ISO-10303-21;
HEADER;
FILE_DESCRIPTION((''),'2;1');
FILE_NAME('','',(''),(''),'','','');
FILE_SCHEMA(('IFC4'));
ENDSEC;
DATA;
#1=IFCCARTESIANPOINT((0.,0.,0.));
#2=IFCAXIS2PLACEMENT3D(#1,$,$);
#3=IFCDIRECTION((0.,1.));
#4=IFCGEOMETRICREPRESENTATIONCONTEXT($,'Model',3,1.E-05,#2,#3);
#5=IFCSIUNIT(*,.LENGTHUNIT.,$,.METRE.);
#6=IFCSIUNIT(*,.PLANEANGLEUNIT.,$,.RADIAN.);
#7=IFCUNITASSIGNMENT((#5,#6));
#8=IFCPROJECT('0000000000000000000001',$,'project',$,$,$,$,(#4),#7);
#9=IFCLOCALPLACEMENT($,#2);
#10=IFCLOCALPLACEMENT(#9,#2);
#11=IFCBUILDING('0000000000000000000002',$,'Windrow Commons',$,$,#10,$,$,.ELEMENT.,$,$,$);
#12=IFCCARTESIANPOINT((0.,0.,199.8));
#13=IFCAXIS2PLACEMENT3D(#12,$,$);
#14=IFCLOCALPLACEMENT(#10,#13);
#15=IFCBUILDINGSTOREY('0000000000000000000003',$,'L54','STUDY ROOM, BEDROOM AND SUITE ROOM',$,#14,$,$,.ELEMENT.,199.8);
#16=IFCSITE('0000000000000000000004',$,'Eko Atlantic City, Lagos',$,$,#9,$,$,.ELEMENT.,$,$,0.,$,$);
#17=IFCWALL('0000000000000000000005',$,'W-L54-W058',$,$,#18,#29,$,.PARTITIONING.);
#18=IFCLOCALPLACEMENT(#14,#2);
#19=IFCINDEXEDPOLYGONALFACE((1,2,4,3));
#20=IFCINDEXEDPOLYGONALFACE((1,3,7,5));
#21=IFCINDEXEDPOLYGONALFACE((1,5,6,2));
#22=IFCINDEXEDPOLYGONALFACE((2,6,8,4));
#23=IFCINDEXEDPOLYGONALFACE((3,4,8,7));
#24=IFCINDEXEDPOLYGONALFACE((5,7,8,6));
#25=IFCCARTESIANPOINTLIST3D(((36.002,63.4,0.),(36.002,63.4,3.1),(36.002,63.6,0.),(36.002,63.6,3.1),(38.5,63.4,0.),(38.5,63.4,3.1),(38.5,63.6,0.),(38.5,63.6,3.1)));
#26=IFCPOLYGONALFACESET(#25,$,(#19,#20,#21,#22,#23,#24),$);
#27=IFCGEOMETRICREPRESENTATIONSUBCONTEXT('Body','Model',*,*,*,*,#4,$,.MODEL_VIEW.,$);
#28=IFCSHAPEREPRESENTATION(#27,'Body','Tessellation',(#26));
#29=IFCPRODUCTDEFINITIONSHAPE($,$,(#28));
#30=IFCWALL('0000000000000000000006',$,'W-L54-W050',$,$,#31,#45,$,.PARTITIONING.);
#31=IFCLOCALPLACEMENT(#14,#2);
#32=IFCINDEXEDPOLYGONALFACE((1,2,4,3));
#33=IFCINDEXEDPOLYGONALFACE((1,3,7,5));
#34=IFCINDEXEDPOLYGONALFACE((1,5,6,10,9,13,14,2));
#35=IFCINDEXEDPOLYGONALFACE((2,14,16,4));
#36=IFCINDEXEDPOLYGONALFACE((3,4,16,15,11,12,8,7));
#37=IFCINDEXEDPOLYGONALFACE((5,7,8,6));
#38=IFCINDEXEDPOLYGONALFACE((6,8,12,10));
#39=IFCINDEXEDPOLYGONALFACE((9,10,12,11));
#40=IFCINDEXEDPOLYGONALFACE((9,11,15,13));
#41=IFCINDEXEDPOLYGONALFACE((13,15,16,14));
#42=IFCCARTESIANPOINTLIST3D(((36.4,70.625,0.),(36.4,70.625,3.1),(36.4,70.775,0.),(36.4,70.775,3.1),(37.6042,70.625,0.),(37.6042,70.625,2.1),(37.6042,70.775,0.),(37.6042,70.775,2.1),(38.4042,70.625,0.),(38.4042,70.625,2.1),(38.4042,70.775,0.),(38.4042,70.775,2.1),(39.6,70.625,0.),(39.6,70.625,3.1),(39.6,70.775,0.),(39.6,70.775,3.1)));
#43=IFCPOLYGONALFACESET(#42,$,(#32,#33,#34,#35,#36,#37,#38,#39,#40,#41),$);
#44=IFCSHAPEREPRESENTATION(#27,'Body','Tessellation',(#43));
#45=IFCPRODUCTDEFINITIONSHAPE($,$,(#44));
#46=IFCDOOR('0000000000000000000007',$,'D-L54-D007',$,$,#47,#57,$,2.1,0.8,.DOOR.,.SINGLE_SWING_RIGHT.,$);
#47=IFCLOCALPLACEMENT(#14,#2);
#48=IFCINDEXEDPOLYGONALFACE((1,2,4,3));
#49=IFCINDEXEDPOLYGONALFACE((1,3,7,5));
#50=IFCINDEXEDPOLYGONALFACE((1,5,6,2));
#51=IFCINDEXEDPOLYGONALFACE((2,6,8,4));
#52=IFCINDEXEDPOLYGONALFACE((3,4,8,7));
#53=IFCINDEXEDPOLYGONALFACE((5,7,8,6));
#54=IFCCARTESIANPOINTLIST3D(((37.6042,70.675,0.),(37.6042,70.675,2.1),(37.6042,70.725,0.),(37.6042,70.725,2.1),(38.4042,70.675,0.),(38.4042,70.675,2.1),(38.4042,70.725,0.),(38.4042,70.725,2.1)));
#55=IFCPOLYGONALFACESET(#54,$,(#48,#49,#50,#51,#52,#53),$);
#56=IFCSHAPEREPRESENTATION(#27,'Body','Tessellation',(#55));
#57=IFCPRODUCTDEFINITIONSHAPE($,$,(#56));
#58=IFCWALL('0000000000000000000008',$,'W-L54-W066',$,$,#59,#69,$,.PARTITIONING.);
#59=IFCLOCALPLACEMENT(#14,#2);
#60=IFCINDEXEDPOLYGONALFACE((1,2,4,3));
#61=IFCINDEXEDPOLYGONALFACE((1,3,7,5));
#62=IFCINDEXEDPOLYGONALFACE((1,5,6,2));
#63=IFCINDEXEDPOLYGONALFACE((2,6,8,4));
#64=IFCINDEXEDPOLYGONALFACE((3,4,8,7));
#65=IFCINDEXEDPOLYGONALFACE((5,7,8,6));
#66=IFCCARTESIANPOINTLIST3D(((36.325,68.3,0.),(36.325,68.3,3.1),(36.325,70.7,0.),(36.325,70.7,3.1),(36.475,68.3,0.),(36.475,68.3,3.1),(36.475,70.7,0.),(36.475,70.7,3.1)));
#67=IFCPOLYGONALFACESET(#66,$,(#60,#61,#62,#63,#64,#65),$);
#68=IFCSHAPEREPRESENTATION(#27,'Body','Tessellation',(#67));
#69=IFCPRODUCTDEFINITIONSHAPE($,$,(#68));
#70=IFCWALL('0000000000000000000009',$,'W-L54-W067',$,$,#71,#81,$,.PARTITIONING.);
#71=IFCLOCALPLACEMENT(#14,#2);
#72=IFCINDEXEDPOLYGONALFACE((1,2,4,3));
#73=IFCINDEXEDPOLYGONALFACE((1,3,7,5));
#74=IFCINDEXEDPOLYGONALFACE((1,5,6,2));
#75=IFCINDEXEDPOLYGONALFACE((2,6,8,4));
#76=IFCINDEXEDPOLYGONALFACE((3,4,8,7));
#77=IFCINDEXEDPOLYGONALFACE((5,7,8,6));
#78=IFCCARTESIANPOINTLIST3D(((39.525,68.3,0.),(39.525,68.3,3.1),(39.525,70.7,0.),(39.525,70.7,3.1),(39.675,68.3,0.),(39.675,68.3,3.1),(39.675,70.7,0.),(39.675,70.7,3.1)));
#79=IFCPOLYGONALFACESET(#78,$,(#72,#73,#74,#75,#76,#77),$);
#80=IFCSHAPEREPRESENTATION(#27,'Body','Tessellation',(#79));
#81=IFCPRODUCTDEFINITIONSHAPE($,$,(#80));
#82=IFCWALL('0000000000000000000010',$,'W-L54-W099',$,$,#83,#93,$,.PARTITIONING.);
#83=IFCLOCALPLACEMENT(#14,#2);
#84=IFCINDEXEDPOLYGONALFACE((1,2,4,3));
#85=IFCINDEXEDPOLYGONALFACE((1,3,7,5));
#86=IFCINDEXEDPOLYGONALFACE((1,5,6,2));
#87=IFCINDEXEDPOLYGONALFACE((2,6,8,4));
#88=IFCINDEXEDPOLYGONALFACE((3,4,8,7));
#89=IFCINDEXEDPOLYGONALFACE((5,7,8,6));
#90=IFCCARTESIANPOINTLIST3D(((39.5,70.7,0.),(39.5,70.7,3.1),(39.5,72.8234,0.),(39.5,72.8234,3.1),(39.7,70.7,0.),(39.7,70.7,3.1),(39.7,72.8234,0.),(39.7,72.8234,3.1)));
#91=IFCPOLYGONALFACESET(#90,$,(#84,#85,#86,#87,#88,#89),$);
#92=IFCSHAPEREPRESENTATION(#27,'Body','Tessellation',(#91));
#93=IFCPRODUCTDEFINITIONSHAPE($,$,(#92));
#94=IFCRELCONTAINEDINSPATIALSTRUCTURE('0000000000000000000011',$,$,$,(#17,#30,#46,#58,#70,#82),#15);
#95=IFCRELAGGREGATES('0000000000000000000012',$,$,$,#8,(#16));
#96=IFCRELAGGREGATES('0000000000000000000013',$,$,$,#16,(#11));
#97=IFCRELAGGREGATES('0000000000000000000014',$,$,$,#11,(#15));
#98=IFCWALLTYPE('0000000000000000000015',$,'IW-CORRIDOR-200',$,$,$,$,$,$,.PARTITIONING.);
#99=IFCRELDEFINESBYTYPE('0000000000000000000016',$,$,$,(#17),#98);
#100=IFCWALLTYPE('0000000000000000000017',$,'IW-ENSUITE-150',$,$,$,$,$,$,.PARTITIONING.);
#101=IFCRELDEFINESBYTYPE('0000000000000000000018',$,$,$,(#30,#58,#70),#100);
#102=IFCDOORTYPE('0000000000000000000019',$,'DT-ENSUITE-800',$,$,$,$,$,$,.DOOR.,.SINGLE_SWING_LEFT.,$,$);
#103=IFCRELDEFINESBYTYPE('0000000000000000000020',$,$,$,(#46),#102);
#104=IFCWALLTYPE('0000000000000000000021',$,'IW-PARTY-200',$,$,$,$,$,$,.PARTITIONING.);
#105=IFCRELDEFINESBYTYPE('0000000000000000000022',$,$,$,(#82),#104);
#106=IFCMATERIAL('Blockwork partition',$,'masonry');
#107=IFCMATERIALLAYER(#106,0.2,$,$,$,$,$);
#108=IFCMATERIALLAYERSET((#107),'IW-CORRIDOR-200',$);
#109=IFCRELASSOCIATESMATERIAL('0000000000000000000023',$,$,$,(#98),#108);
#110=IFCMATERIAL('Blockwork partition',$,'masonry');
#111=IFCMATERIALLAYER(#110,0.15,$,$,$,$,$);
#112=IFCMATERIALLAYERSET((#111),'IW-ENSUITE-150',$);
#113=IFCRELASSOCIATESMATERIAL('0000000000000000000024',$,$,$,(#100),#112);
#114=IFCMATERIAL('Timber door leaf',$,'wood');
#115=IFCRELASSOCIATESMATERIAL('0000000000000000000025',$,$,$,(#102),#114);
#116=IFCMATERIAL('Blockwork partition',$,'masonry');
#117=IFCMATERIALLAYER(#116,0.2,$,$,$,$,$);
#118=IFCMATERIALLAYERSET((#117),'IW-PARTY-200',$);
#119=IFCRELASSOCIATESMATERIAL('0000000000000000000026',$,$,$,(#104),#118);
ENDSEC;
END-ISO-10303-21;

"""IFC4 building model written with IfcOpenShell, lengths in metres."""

from ifc_helpers import new_model, si_unit, direction, frame, frame_2d, origin, place, context, subcontext, project, spatial, rectangle, extrude, material, layer, layer_set, type_object, element, fill, save


model = new_model("IFC4")

# Units and contexts
model_context = context("Model", 3, precision=1e-05, world=origin(), true_north=direction((0.0, 1.0)))
body_context = subcontext(model_context, "Body", "Model", "MODEL_VIEW")
ifc_project = project(units=[si_unit("LENGTHUNIT", "METRE"), si_unit("PLANEANGLEUNIT", "RADIAN")], contexts=[model_context])

# Site, building, storey
site_placement = place(None, origin())
site = spatial("IfcSite", under=ifc_project, at=site_placement, Name="Eko Atlantic City, Lagos", CompositionType="ELEMENT", RefElevation=0.0)
building_placement = place(site_placement, origin())
building = spatial("IfcBuilding", under=site, at=building_placement, Name="Windrow Commons", CompositionType="ELEMENT")
storey_placement = place(building_placement, frame((0.0, 0.0, 199.8)))
storey = spatial("IfcBuildingStorey", under=building, at=storey_placement, Name="L54", Description="STUDY ROOM, BEDROOM AND SUITE ROOM", CompositionType="ELEMENT", Elevation=199.8)

# Shared definitions
ifc_material_1 = material(Name="Blockwork partition", Category="masonry")
ifc_layer_1 = layer(ifc_material_1, 0.2)
ifc_layer_set_1 = layer_set([ifc_layer_1], Name="IW-CORRIDOR-200")
wall_type_1 = type_object("IfcWallType", Name="IW-CORRIDOR-200", PredefinedType="PARTITIONING", material=ifc_layer_set_1)

# Wall
wall_1_placement = place(storey_placement, frame((36.002, 63.5, 0.0), z_axis=(0.0, 0.0, 1.0), x_axis=(1.0, 0.0, 0.0)))
element("IfcWall", 1, at=wall_1_placement, inside=storey, type_object=wall_type_1, Name="W-L54-W058", PredefinedType="PARTITIONING", context=body_context, shape_type="SweptSolid", body=[
    extrude(rectangle(XDim=2.498, YDim=0.2, at=frame_2d((1.249, 0.0))), origin(), (0.0, 0.0, 1.0), 3.1),
])

# Wall, opening, door
ifc_material_2 = material(Name="Blockwork partition", Category="masonry")
ifc_layer_2 = layer(ifc_material_2, 0.15)
ifc_layer_set_2 = layer_set([ifc_layer_2], Name="IW-ENSUITE-150")
wall_type_2 = type_object("IfcWallType", Name="IW-ENSUITE-150", PredefinedType="PARTITIONING", material=ifc_layer_set_2)
wall_2_placement = place(storey_placement, frame((36.4, 70.7, 0.0), z_axis=(0.0, 0.0, 1.0), x_axis=(1.0, 0.0, 0.0)))
wall_2 = element("IfcWall", 2, at=wall_2_placement, inside=storey, type_object=wall_type_2, Name="W-L54-W050", PredefinedType="PARTITIONING", context=body_context, shape_type="SweptSolid", body=[
    extrude(rectangle(XDim=3.2, YDim=0.15, at=frame_2d((1.6, 0.0))), origin(), (0.0, 0.0, 1.0), 3.1),
])
opening_1_placement = place(wall_2_placement, frame((1.2042, 0.0, 0.0)))
opening_1 = element("IfcOpeningElement", 3, at=opening_1_placement, cuts=wall_2, PredefinedType="OPENING", context=body_context, shape_type="SweptSolid", body=[
    extrude(rectangle(XDim=0.8, YDim=2.1, at=frame_2d((0.4, 1.05))), frame((0.0, 0.085, 0.0), z_axis=(0.0, -1.0, 0.0), x_axis=(1.0, 0.0, 0.0)), (0.0, 0.0, 1.0), 0.17),
])
ifc_material_3 = material(Name="Timber door leaf", Category="wood")
door_type_1 = type_object("IfcDoorType", Name="DT-ENSUITE-800", OperationType="SINGLE_SWING_LEFT", PredefinedType="DOOR", material=ifc_material_3)
door_1_placement = place(opening_1_placement, origin())
door_1 = element("IfcDoor", 4, at=door_1_placement, inside=storey, type_object=door_type_1, Name="D-L54-D007", OperationType="SINGLE_SWING_RIGHT", OverallHeight=2.1, OverallWidth=0.8, PredefinedType="DOOR", context=body_context, shape_type="SweptSolid", body=[
    extrude(rectangle(XDim=0.8, YDim=2.1, at=frame_2d((0.4, 1.05))), frame((0.0, 0.025, 0.0), z_axis=(0.0, -1.0, 0.0), x_axis=(1.0, 0.0, 0.0)), (0.0, 0.0, 1.0), 0.05),
])
fill(opening_1, door_1)

# Walls
for number, where, z_axis, x_axis, name in (
    (5, (36.4, 68.3, 0.0), (0.0, 0.0, 1.0), (0.0, 1.0, 0.0), "W-L54-W066"),
    (6, (39.6, 68.3, 0.0), (0.0, 0.0, 1.0), (0.0, 1.0, 0.0), "W-L54-W067"),
):
    element("IfcWall", number, at=place(storey_placement, frame(where, z_axis=z_axis, x_axis=x_axis)), inside=storey, type_object=wall_type_2, Name=name, PredefinedType="PARTITIONING", context=body_context, shape_type="SweptSolid", body=[
        extrude(rectangle(XDim=2.4, YDim=0.15, at=frame_2d((1.2, 0.0))), origin(), (0.0, 0.0, 1.0), 3.1),
    ])
ifc_material_4 = material(Name="Blockwork partition", Category="masonry")
ifc_layer_3 = layer(ifc_material_4, 0.2)
ifc_layer_set_3 = layer_set([ifc_layer_3], Name="IW-PARTY-200")
wall_type_3 = type_object("IfcWallType", Name="IW-PARTY-200", PredefinedType="PARTITIONING", material=ifc_layer_set_3)
wall_3_placement = place(storey_placement, frame((39.6, 70.7, 0.0), z_axis=(0.0, 0.0, 1.0), x_axis=(0.0, 1.0, 0.0)))
element("IfcWall", 7, at=wall_3_placement, inside=storey, type_object=wall_type_3, Name="W-L54-W099", PredefinedType="PARTITIONING", context=body_context, shape_type="SweptSolid", body=[
    extrude(rectangle(XDim=2.1234, YDim=0.2, at=frame_2d((1.0617, 0.0))), origin(), (0.0, 0.0, 1.0), 3.1),
])

save(model, "model.ifc")
